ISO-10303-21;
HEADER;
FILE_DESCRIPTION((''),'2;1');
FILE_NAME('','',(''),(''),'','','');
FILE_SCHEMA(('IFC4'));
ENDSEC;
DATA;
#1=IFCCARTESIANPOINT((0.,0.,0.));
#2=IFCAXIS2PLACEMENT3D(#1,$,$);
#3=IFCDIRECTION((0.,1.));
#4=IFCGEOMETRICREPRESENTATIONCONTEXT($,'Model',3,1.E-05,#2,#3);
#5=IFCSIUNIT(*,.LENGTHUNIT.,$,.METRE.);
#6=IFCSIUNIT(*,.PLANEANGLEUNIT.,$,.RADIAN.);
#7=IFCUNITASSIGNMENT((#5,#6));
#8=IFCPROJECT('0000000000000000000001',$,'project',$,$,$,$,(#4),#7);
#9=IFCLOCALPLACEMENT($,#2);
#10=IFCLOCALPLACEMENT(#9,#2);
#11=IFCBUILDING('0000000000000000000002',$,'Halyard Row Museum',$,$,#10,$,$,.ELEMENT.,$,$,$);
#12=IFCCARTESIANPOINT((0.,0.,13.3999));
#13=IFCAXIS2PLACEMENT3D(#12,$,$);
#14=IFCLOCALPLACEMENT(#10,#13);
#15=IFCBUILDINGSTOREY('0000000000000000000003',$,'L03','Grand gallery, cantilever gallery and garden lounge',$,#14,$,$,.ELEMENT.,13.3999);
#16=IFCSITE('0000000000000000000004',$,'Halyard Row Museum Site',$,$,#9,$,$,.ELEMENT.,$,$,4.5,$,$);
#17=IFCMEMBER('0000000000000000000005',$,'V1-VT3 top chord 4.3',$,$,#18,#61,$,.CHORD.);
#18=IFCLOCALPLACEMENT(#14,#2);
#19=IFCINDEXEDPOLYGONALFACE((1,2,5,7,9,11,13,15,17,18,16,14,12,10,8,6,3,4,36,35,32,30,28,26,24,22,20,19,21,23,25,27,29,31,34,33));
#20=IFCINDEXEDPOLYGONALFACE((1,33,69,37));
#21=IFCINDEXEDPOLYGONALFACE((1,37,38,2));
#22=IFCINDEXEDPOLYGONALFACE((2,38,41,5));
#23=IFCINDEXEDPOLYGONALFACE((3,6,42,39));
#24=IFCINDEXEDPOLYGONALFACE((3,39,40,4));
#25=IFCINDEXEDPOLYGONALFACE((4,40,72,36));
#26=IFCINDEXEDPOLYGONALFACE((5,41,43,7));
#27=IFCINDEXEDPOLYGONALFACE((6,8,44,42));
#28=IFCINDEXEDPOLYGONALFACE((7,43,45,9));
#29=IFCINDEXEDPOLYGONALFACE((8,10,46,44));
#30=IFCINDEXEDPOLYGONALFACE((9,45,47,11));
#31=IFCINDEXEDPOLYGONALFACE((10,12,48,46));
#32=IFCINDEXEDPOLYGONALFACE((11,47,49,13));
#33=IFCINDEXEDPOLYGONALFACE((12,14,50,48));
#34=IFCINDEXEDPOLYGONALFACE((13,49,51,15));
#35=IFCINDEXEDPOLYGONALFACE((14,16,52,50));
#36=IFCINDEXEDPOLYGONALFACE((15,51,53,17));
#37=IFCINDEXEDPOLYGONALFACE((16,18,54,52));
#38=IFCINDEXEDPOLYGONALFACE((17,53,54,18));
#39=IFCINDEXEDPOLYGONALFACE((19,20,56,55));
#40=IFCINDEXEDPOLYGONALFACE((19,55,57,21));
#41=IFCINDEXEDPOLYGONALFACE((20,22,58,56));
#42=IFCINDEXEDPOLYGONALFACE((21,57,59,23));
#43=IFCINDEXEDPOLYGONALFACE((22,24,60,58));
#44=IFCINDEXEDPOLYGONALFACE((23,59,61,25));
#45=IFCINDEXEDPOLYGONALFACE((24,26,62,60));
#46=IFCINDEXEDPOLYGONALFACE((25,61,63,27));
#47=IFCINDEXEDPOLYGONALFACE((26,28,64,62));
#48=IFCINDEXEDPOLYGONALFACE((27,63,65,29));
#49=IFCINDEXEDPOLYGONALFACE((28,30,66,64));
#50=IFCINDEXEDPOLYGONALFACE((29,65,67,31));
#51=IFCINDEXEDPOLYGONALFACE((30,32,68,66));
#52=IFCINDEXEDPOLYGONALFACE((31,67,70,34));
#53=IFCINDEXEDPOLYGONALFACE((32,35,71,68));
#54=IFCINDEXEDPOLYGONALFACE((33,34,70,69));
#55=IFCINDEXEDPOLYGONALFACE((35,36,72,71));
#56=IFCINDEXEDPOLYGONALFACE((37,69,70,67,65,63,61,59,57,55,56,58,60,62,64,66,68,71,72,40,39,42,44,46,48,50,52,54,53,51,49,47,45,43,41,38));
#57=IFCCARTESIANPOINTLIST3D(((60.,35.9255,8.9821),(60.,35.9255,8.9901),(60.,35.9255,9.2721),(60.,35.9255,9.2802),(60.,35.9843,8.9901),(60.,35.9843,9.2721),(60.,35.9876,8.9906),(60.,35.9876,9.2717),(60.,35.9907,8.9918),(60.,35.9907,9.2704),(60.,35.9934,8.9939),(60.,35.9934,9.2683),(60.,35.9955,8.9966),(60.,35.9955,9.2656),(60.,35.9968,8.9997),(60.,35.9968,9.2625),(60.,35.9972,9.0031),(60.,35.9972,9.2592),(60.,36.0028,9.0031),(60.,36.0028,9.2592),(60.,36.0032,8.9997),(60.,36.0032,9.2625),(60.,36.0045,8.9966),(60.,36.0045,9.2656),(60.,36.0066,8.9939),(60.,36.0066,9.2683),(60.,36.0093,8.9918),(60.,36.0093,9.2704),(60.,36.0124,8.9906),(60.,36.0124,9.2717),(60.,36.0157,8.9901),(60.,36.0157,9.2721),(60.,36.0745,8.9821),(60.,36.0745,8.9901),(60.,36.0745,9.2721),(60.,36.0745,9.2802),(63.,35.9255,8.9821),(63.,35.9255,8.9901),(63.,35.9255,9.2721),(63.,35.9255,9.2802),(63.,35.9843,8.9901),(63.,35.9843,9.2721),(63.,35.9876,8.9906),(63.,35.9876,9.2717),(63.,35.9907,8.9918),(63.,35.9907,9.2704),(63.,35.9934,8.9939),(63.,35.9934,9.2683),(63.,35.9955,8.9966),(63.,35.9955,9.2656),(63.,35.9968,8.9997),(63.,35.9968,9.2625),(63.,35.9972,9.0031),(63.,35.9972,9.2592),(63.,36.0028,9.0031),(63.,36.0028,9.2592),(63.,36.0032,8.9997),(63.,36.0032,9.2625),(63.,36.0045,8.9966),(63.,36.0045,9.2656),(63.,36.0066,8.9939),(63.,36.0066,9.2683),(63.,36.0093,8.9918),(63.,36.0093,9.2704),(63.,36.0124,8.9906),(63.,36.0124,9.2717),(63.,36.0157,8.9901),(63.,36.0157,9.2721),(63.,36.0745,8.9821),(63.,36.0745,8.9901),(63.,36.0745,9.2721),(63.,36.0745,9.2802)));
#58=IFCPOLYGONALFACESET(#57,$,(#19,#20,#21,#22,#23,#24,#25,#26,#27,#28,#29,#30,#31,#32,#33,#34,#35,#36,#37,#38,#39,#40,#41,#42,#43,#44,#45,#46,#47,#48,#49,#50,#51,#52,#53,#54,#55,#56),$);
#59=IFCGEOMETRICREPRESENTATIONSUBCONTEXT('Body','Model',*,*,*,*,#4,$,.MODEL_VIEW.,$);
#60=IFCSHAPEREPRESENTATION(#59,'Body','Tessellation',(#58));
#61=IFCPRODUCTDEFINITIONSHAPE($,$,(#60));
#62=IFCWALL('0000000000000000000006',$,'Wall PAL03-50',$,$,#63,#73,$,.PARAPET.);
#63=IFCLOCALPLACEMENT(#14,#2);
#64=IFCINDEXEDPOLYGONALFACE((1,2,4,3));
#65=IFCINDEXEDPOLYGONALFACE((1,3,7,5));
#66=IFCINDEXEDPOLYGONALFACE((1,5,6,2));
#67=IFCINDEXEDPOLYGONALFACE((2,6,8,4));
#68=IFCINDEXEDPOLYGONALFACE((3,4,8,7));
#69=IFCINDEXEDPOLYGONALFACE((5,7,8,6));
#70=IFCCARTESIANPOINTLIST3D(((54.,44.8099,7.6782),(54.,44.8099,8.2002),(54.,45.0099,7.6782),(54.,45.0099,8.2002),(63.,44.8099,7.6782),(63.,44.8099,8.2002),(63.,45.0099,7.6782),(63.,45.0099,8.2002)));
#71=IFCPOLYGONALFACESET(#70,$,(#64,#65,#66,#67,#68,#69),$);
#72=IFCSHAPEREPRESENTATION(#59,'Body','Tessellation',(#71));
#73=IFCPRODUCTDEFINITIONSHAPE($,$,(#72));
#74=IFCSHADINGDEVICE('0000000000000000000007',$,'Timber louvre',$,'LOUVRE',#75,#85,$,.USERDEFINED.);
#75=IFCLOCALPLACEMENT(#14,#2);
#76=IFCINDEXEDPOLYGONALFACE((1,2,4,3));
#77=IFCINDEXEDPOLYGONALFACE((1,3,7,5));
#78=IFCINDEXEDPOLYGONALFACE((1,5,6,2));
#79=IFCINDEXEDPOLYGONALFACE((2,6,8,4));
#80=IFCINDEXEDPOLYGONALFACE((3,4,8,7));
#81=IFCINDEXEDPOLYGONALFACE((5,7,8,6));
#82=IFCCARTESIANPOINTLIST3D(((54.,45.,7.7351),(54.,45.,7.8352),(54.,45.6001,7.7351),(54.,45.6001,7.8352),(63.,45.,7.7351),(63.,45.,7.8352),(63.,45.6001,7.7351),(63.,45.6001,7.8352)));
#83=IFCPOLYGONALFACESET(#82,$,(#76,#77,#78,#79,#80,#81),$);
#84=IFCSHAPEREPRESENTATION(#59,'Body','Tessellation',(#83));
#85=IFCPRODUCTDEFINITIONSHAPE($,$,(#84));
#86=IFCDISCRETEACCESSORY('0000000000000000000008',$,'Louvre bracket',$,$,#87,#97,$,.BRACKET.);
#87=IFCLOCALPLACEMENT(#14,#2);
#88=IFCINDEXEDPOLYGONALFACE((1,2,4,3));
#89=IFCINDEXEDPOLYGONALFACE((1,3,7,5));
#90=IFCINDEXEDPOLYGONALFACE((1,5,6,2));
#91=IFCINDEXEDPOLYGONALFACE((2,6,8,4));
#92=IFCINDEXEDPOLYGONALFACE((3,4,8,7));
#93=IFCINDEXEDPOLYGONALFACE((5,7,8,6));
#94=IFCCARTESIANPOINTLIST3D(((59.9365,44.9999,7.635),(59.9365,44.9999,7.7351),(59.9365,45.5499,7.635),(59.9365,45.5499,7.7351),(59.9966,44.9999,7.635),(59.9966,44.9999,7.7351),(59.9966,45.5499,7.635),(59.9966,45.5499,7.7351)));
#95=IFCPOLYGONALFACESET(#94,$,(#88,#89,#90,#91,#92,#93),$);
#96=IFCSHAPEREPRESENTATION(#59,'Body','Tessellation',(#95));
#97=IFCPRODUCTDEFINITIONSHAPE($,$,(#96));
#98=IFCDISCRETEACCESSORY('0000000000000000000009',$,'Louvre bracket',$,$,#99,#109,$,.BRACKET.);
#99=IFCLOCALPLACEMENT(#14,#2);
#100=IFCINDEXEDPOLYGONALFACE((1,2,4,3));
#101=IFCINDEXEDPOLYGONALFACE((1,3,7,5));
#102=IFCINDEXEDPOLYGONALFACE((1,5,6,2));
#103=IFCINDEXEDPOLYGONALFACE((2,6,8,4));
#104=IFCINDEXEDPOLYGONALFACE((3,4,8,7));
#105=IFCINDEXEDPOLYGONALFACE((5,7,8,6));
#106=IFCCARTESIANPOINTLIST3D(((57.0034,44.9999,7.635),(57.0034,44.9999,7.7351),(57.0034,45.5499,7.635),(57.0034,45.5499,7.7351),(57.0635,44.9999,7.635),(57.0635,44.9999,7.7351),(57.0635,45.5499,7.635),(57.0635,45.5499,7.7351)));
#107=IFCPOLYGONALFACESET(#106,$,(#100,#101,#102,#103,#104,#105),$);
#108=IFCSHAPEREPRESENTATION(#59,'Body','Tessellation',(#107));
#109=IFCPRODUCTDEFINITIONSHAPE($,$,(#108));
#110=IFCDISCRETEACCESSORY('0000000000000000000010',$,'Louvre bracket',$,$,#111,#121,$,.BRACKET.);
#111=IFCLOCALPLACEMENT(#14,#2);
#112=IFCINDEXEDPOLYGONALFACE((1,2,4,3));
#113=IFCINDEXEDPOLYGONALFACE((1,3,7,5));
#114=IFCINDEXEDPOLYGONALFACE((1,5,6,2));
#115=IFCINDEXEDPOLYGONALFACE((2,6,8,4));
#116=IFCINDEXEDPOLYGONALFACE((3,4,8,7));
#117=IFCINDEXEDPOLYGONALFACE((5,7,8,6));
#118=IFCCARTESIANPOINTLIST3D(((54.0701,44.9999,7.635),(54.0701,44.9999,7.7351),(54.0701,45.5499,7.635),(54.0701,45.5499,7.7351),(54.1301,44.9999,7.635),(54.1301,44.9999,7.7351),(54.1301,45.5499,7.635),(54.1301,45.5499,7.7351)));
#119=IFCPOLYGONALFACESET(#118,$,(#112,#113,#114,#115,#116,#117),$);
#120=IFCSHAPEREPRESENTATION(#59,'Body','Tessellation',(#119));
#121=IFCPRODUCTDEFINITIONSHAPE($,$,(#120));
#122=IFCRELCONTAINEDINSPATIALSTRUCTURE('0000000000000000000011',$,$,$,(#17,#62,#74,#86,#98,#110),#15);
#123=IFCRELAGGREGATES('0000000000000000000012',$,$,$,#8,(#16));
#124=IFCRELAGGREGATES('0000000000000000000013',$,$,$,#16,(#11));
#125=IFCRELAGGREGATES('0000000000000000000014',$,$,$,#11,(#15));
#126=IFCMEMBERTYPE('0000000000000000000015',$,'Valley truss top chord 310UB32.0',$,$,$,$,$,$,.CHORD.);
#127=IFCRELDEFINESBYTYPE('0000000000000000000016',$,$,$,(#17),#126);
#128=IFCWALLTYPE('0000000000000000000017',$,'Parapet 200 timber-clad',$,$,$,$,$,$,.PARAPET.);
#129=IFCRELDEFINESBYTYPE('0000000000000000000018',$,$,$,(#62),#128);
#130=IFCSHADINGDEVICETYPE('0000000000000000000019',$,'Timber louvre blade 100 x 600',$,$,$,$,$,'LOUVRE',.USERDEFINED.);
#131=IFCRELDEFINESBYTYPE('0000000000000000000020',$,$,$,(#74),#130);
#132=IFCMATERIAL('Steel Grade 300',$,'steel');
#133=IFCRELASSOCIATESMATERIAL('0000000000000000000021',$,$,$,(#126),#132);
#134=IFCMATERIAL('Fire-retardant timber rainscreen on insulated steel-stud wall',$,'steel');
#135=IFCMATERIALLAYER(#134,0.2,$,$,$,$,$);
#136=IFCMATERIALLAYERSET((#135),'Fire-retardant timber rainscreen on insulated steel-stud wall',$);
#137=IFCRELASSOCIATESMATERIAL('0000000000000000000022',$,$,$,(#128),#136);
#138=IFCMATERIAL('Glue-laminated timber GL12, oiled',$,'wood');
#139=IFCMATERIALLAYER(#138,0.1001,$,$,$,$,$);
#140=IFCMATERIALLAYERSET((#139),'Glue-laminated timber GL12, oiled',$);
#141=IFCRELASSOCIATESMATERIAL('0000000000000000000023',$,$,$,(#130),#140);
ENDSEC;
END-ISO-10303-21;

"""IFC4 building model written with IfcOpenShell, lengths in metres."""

from ifc_helpers import new_model, si_unit, direction, frame, frame_2d, origin, origin_2d, place, context, subcontext, project, spatial, rectangle, i_section, extrude, material, layer, layer_set, material_profile, profile_set, type_object, element, save


model = new_model("IFC4")

# Units and contexts
model_context = context("Model", 3, precision=1e-05, world=origin(), true_north=direction((0.0, 1.0)))
body_context = subcontext(model_context, "Body", "Model", "MODEL_VIEW")
ifc_project = project(units=[si_unit("LENGTHUNIT", "METRE"), si_unit("PLANEANGLEUNIT", "RADIAN")], contexts=[model_context])

# Site, building, storey
site_placement = place(None, origin())
site = spatial("IfcSite", under=ifc_project, at=site_placement, Name="Halyard Row Museum Site", CompositionType="ELEMENT", RefElevation=4.5)
building_placement = place(site_placement, origin())
building = spatial("IfcBuilding", under=site, at=building_placement, Name="Halyard Row Museum", CompositionType="ELEMENT")
storey_placement = place(building_placement, frame((0.0, 0.0, 13.3999)))
storey = spatial("IfcBuildingStorey", under=building, at=storey_placement, Name="L03", Description="Grand gallery, cantilever gallery and garden lounge", CompositionType="ELEMENT", Elevation=13.3999)

# Member
ifc_material_1 = material(Name="Steel Grade 300", Category="steel")
ifc_material_profile_1 = material_profile(ifc_material_1, i_section(OverallWidth=0.1489, OverallDepth=0.2981, WebThickness=0.0056, FlangeThickness=0.0081, FilletRadius=0.0129, at=origin_2d()), Name="310UB32.0")
ifc_profile_set_1 = profile_set([ifc_material_profile_1], Name="Steel Grade 300")
member_type_1 = type_object("IfcMemberType", Name="Valley truss top chord 310UB32.0", PredefinedType="CHORD", material=ifc_profile_set_1)
for number, where, z_axis, x_axis, name in (
    (1, (60.0, 36.0, 9.1311), (1.0, 0.0, 0.0), (0.0, 1.0, 0.0), "V1-VT3 top chord 4.3"),
):
    element("IfcMember", number, at=place(storey_placement, frame(where, z_axis=z_axis, x_axis=x_axis)), inside=storey, type_object=member_type_1, Name=name, PredefinedType="CHORD", context=body_context, shape_type="SweptSolid", body=[
        extrude(i_section(OverallWidth=0.1489, OverallDepth=0.2981, WebThickness=0.0056, FlangeThickness=0.0081, FilletRadius=0.0129, at=origin_2d()), origin(), (0.0, 0.0, 1.0), 3.0),
    ])

# Wall
ifc_material_2 = material(Name="Fire-retardant timber rainscreen on insulated steel-stud wall", Category="steel")
ifc_layer_1 = layer(ifc_material_2, 0.2)
ifc_layer_set_1 = layer_set([ifc_layer_1], Name="Fire-retardant timber rainscreen on insulated steel-stud wall")
wall_type = type_object("IfcWallType", Name="Parapet 200 timber-clad", PredefinedType="PARAPET", material=ifc_layer_set_1)
wall_placement = place(storey_placement, frame((54.0, 44.9099, 7.6782), z_axis=(0.0, 0.0, 1.0), x_axis=(1.0, 0.0, 0.0)))
element("IfcWall", 2, at=wall_placement, inside=storey, type_object=wall_type, Name="Wall PAL03-50", PredefinedType="PARAPET", context=body_context, shape_type="SweptSolid", body=[
    extrude(rectangle(XDim=9.0, YDim=0.2, at=frame_2d((4.5, 0.0))), origin(), (0.0, 0.0, 1.0), 0.522),
])

# Shading device
ifc_material_3 = material(Name="Glue-laminated timber GL12, oiled", Category="wood")
ifc_layer_2 = layer(ifc_material_3, 0.1001)
ifc_layer_set_2 = layer_set([ifc_layer_2], Name="Glue-laminated timber GL12, oiled")
shading_device_type = type_object("IfcShadingDeviceType", Name="Timber louvre blade 100 x 600", ElementType="LOUVRE", PredefinedType="USERDEFINED", material=ifc_layer_set_2)
shading_device_placement = place(storey_placement, frame((58.5, 45.3, 7.7351), z_axis=(0.0, 0.0, 1.0), x_axis=(1.0, 0.0, 0.0)))
element("IfcShadingDevice", 3, at=shading_device_placement, inside=storey, type_object=shading_device_type, Name="Timber louvre", ObjectType="LOUVRE", PredefinedType="USERDEFINED", context=body_context, shape_type="SweptSolid", body=[
    extrude(rectangle(XDim=9.0, YDim=0.6001, at=origin_2d()), origin(), (0.0, 0.0, 1.0), 0.1001),
])

# Discrete accessories
for number, where, z_axis, x_axis, name in (
    (4, (59.9666, 45.2749, 7.635), (0.0, 0.0, 1.0), (1.0, 0.0, 0.0), "Louvre bracket"),
    (5, (57.0334, 45.2749, 7.635), (0.0, 0.0, 1.0), (1.0, 0.0, 0.0), "Louvre bracket"),
    (6, (54.1001, 45.2749, 7.635), (0.0, 0.0, 1.0), (1.0, 0.0, 0.0), "Louvre bracket"),
):
    element("IfcDiscreteAccessory", number, at=place(storey_placement, frame(where, z_axis=z_axis, x_axis=x_axis)), inside=storey, Name=name, PredefinedType="BRACKET", context=body_context, shape_type="SweptSolid", body=[
        extrude(rectangle(XDim=0.0601, YDim=0.55, at=origin_2d()), origin(), (0.0, 0.0, 1.0), 0.1001),
    ])

save(model, "model.ifc")
